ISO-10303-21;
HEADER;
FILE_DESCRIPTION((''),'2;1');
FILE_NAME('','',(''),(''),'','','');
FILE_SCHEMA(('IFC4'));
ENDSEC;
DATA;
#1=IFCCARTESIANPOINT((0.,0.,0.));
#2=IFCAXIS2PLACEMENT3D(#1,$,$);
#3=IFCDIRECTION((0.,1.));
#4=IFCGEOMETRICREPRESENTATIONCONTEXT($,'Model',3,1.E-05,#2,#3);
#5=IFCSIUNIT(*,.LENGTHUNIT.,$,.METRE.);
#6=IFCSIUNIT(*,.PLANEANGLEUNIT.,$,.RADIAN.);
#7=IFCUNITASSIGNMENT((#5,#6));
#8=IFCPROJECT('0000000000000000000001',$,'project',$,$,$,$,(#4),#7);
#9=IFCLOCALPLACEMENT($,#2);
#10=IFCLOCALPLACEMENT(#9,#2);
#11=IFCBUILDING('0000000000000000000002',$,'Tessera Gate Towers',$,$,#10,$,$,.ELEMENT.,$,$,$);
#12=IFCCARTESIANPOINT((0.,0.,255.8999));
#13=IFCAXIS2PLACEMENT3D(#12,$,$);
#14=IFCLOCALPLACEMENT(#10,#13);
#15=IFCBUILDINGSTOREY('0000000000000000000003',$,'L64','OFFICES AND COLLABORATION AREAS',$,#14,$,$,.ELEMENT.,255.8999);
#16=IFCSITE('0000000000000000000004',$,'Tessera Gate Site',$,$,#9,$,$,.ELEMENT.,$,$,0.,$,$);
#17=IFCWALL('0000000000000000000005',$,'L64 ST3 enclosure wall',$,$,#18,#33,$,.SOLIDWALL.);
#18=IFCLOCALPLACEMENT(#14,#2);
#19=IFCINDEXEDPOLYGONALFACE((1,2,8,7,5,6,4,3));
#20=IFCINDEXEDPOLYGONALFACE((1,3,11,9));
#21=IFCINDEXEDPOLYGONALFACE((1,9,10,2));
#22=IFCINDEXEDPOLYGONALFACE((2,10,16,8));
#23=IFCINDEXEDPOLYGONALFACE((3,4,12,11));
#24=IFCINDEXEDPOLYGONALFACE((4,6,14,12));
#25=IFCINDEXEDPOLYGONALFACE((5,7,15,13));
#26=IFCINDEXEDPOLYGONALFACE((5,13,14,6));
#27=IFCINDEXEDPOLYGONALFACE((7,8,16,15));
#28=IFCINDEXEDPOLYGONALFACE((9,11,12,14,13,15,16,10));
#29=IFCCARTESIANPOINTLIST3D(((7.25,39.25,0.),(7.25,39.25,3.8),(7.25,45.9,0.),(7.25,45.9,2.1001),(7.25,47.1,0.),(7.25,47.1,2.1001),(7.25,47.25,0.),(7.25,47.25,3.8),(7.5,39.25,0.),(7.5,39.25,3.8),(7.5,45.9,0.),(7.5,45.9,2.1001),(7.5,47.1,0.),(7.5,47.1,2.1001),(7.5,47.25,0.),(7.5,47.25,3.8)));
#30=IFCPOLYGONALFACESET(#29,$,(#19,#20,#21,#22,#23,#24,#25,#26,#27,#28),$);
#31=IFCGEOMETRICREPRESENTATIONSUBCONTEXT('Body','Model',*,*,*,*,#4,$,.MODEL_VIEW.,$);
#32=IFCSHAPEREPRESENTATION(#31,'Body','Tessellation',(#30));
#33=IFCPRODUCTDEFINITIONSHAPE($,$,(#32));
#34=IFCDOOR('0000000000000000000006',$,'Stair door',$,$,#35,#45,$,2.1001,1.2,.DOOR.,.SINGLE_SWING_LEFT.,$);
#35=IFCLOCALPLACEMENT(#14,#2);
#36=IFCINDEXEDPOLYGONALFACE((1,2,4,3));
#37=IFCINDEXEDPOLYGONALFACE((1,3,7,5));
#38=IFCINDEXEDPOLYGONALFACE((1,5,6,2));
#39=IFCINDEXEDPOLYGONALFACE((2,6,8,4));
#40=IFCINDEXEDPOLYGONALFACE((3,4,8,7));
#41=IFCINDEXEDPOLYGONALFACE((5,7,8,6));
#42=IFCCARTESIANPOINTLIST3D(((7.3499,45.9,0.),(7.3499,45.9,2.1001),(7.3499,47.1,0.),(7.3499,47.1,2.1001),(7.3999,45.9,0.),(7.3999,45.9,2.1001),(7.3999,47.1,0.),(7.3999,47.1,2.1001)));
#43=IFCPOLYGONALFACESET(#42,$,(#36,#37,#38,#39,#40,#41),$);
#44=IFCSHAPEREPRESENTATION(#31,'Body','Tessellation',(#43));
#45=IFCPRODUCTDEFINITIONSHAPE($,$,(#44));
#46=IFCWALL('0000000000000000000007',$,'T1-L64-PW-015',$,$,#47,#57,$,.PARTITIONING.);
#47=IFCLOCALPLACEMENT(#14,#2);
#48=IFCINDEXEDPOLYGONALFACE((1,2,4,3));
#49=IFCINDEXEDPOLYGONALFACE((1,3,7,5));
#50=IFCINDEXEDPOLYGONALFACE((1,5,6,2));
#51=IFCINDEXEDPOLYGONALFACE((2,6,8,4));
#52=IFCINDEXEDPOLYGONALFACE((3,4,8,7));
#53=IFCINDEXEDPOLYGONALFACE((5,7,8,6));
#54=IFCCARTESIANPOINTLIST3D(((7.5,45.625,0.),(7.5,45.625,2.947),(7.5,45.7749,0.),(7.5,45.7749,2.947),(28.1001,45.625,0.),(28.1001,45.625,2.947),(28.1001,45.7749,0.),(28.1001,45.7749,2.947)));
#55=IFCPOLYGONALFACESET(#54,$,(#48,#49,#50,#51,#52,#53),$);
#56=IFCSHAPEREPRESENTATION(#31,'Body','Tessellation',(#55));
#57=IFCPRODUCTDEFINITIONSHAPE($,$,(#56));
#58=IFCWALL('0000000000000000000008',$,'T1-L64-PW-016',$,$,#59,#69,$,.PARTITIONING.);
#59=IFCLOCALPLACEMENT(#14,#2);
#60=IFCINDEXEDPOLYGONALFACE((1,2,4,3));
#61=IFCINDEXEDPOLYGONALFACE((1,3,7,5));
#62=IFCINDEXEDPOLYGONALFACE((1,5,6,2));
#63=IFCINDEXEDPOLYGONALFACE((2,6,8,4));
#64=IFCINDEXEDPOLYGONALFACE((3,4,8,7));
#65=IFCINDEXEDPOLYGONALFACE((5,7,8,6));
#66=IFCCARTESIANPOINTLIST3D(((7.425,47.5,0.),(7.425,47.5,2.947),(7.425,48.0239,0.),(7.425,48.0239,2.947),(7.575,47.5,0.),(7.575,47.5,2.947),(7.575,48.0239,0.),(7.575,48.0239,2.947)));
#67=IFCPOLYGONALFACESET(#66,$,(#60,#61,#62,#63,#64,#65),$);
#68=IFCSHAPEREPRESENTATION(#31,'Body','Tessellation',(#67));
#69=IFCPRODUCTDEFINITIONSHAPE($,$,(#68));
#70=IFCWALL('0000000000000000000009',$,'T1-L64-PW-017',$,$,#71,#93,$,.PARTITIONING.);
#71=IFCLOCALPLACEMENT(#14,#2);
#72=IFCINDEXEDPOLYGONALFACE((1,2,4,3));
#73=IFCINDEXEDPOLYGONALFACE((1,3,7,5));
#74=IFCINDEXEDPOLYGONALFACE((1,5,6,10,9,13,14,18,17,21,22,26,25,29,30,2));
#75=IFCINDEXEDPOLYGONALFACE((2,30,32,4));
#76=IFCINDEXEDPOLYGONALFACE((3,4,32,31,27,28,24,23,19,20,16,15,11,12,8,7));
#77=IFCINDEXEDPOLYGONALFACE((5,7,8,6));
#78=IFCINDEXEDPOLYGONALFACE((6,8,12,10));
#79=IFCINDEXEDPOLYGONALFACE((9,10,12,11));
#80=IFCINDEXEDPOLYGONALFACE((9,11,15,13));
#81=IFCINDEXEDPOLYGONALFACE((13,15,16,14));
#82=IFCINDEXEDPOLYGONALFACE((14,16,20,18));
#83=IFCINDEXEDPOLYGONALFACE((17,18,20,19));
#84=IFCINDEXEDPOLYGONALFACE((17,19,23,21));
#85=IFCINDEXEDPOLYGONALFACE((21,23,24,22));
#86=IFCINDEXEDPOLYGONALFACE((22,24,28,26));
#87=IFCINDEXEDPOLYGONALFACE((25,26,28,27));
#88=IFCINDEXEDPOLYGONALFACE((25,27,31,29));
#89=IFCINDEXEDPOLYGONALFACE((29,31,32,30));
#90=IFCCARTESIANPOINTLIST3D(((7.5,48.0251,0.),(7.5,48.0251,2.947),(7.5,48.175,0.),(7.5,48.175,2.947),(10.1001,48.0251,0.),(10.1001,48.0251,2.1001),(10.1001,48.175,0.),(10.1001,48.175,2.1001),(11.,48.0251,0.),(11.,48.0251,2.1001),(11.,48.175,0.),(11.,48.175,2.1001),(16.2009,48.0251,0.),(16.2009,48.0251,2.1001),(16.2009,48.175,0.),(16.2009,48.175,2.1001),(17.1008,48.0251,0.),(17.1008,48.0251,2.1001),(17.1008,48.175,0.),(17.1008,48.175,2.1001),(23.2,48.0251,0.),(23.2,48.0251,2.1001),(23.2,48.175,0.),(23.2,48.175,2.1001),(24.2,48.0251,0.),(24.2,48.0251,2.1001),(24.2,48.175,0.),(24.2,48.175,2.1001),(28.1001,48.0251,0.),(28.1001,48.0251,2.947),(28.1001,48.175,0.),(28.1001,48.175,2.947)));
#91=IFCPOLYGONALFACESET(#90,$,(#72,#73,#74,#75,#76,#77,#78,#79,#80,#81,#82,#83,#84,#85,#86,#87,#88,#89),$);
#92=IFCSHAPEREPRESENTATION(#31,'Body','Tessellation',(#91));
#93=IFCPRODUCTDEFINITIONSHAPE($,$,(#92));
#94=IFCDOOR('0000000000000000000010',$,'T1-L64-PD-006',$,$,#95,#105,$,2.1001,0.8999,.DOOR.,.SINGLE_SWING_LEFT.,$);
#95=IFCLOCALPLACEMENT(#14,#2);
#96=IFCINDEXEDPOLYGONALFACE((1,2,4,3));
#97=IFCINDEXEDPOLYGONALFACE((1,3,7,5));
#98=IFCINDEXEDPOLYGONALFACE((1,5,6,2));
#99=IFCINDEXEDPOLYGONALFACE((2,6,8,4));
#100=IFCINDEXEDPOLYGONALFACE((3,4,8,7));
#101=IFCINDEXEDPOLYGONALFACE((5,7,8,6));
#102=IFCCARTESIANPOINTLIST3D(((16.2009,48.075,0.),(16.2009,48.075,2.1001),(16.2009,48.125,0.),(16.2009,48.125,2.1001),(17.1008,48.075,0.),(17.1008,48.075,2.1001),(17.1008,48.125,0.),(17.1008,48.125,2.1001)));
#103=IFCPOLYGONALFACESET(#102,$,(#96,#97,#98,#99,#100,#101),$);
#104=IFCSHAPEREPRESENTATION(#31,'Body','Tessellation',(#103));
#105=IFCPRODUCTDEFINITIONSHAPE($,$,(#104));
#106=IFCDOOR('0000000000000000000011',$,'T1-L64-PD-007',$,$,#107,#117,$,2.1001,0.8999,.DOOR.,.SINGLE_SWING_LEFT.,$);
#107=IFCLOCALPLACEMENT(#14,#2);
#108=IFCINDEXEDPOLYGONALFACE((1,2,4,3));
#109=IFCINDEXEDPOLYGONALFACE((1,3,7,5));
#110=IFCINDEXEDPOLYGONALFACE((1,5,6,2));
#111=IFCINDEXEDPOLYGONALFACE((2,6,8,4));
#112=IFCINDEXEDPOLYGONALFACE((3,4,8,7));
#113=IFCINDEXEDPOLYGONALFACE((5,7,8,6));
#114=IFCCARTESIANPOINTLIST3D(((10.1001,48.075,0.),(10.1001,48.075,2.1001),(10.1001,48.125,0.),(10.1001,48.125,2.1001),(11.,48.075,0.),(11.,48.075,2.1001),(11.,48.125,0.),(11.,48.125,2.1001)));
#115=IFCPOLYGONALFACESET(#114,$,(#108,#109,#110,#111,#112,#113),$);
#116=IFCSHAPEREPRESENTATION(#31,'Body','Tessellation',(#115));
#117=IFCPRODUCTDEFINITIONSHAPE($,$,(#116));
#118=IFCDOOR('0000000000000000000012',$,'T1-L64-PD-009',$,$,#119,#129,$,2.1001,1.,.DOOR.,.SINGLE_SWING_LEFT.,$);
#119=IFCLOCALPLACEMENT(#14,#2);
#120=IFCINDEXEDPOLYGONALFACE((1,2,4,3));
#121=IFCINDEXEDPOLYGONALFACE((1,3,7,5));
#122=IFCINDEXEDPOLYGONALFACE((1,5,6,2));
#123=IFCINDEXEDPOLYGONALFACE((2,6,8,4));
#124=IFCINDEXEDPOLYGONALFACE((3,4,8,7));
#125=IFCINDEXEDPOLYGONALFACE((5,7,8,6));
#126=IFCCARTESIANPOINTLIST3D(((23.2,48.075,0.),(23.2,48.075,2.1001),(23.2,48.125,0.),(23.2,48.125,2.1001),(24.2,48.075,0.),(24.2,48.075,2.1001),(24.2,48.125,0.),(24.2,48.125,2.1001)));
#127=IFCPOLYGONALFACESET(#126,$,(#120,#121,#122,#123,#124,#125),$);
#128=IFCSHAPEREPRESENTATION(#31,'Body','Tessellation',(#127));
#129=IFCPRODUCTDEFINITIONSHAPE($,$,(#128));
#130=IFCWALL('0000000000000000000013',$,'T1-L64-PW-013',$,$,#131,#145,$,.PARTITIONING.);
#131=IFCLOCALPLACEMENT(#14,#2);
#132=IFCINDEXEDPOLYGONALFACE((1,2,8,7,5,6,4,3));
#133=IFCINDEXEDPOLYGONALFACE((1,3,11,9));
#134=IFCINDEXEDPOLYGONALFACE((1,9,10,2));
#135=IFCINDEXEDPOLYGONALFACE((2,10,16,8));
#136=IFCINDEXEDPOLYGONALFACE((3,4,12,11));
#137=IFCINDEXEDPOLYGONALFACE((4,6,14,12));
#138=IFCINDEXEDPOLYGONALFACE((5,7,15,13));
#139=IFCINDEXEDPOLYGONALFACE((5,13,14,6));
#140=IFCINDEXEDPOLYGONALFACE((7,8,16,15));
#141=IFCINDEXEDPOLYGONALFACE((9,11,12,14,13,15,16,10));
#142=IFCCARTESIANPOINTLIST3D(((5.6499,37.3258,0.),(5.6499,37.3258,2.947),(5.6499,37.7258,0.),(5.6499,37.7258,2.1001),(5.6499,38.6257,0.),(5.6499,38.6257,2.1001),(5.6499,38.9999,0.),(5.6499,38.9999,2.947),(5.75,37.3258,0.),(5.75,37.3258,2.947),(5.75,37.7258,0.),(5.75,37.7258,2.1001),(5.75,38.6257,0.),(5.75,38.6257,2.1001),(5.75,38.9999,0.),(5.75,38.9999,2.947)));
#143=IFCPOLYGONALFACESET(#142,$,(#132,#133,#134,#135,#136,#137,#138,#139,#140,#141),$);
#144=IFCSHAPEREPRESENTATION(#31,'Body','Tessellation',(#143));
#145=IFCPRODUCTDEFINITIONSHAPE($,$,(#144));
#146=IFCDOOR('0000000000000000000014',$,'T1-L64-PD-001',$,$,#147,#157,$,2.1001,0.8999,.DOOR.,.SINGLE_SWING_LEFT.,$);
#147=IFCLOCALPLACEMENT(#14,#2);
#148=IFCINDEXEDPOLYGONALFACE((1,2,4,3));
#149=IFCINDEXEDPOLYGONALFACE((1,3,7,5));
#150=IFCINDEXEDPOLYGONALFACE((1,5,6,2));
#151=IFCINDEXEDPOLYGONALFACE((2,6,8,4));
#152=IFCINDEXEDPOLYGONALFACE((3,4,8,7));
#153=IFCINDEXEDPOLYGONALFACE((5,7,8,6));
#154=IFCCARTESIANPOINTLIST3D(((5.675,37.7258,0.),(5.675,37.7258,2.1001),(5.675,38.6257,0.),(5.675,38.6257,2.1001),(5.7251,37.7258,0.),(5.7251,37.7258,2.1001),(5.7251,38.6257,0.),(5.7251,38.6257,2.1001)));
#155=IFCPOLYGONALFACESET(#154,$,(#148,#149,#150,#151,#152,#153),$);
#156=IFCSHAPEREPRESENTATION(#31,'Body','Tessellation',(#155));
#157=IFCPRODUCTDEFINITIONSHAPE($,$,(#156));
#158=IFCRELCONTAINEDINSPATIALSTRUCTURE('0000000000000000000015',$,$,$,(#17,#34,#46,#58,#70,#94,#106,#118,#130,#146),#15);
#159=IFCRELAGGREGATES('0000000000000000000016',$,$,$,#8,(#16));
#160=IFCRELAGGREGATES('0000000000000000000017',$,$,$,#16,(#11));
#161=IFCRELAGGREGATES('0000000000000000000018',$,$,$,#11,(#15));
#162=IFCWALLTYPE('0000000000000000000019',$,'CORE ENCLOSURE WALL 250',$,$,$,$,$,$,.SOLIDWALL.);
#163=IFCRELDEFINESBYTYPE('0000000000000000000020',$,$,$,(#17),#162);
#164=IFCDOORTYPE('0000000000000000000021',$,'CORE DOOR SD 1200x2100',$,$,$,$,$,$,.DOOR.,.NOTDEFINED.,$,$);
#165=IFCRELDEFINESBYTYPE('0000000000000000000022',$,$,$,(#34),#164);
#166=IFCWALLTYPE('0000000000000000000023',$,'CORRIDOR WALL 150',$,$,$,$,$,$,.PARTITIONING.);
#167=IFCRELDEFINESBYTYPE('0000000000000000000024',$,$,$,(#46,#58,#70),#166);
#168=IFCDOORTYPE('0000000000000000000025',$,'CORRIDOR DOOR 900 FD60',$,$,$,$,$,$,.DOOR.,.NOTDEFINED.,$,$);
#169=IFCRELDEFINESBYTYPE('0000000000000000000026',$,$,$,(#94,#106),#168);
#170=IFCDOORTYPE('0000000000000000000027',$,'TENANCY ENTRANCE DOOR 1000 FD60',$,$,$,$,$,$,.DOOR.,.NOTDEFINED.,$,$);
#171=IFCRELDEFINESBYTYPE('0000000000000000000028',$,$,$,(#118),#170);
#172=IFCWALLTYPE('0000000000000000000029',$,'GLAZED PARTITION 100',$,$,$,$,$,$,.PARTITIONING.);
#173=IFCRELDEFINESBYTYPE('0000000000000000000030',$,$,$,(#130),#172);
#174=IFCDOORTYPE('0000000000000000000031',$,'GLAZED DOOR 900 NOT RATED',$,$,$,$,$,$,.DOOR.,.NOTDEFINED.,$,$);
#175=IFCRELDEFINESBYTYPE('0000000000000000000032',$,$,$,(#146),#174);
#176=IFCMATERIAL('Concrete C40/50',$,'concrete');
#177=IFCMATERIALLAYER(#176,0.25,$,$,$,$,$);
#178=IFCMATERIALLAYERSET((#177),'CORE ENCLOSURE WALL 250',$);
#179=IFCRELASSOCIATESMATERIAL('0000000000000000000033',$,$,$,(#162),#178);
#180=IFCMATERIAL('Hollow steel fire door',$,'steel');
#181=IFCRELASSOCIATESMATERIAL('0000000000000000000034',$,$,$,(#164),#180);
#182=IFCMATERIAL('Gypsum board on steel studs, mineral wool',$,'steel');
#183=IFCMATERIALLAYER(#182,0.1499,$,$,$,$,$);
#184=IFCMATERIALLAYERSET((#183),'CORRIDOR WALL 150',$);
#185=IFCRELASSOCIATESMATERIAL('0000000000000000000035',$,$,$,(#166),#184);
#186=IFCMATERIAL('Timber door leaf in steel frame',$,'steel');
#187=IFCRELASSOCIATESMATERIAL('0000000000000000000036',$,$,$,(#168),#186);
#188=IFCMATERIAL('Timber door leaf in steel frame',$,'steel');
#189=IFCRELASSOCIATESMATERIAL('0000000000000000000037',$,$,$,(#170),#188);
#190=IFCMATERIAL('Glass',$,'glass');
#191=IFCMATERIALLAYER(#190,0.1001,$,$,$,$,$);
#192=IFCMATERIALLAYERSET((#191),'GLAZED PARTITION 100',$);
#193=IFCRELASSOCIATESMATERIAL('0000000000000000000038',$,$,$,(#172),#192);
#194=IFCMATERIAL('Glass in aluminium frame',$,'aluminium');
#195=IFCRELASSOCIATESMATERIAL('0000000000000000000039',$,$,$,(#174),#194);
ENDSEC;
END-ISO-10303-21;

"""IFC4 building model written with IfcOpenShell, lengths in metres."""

from ifc_helpers import new_model, si_unit, direction, frame, frame_2d, origin, place, context, subcontext, project, spatial, rectangle, extrude, source, transform, mapped, material, layer, layer_set, type_object, element, fill, save


model = new_model("IFC4")

# Units and contexts
model_context = context("Model", 3, precision=1e-05, world=origin(), true_north=direction((0.0, 1.0)))
body_context = subcontext(model_context, "Body", "Model", "MODEL_VIEW")
ifc_project = project(units=[si_unit("LENGTHUNIT", "METRE"), si_unit("PLANEANGLEUNIT", "RADIAN")], contexts=[model_context])

# Site, building, storey
site_placement = place(None, origin())
site = spatial("IfcSite", under=ifc_project, at=site_placement, Name="Tessera Gate Site", CompositionType="ELEMENT", RefElevation=0.0)
building_placement = place(site_placement, origin())
building = spatial("IfcBuilding", under=site, at=building_placement, Name="Tessera Gate Towers", CompositionType="ELEMENT")
storey_placement = place(building_placement, frame((0.0, 0.0, 255.8999)))
storey = spatial("IfcBuildingStorey", under=building, at=storey_placement, Name="L64", Description="OFFICES AND COLLABORATION AREAS", CompositionType="ELEMENT", Elevation=255.8999)

# Shared definitions
ifc_material_1 = material(Name="Concrete C40/50", Category="concrete")
ifc_layer_1 = layer(ifc_material_1, 0.25)
ifc_layer_set_1 = layer_set([ifc_layer_1], Name="CORE ENCLOSURE WALL 250")
wall_type_1 = type_object("IfcWallType", Name="CORE ENCLOSURE WALL 250", PredefinedType="SOLIDWALL", material=ifc_layer_set_1)

# Wall, opening, door
wall_1_placement = place(storey_placement, frame((7.375, 47.25, 0.0), z_axis=(0.0, 0.0, 1.0), x_axis=(0.0, -1.0, 0.0)))
wall_1 = element("IfcWall", 1, at=wall_1_placement, inside=storey, type_object=wall_type_1, Name="L64 ST3 enclosure wall", PredefinedType="SOLIDWALL", context=body_context, shape_type="SweptSolid", body=[
    extrude(rectangle(XDim=8.0, YDim=0.25, at=frame_2d((4.0, 0.0))), origin(), (0.0, 0.0, 1.0), 3.8),
])
shared_shape_1 = source(origin(), body_context, "Body", "SweptSolid", [
    extrude(rectangle(XDim=1.2, YDim=2.1001, at=frame_2d((0.6001, 1.05))), frame((0.0, 0.135, 0.0), z_axis=(0.0, -1.0, 0.0), x_axis=(1.0, 0.0, 0.0)), (0.0, 0.0, 1.0), 0.27),
])
opening_1_placement = place(wall_1_placement, frame((0.1499, 0.0, 0.0)))
opening_1 = element("IfcOpeningElement", 2, at=opening_1_placement, cuts=wall_1, PredefinedType="OPENING", context=body_context, shape_type="MappedRepresentation", body=[
    mapped(shared_shape_1, transform((0.0, 0.0, 0.0), scale=1.0)),
])
ifc_material_2 = material(Name="Hollow steel fire door", Category="steel")
door_type_1 = type_object("IfcDoorType", Name="CORE DOOR SD 1200x2100", OperationType="NOTDEFINED", PredefinedType="DOOR", material=ifc_material_2)
shared_shape_2 = source(origin(), body_context, "Body", "SweptSolid", [
    extrude(rectangle(XDim=1.2, YDim=2.1001, at=frame_2d((0.6001, 1.05))), frame((0.0, 0.0249, 0.0), z_axis=(0.0, -1.0, 0.0), x_axis=(1.0, 0.0, 0.0)), (0.0, 0.0, 1.0), 0.05),
])
door_1_placement = place(opening_1_placement, origin())
door_1 = element("IfcDoor", 3, at=door_1_placement, inside=storey, type_object=door_type_1, Name="Stair door", OperationType="SINGLE_SWING_LEFT", OverallHeight=2.1001, OverallWidth=1.2, PredefinedType="DOOR", context=body_context, shape_type="MappedRepresentation", body=[
    mapped(shared_shape_2, transform((0.0, 0.0, 0.0), scale=1.0)),
])
fill(opening_1, door_1)

# Walls
ifc_material_3 = material(Name="Gypsum board on steel studs, mineral wool", Category="steel")
ifc_layer_2 = layer(ifc_material_3, 0.1499)
ifc_layer_set_2 = layer_set([ifc_layer_2], Name="CORRIDOR WALL 150")
wall_type_2 = type_object("IfcWallType", Name="CORRIDOR WALL 150", PredefinedType="PARTITIONING", material=ifc_layer_set_2)
wall_2_placement = place(storey_placement, frame((7.5, 45.7, 0.0), z_axis=(0.0, 0.0, 1.0), x_axis=(1.0, 0.0, 0.0)))
element("IfcWall", 4, at=wall_2_placement, inside=storey, type_object=wall_type_2, Name="T1-L64-PW-015", PredefinedType="PARTITIONING", context=body_context, shape_type="SweptSolid", body=[
    extrude(rectangle(XDim=20.6001, YDim=0.1499, at=frame_2d((10.3, 0.0))), origin(), (0.0, 0.0, 1.0), 2.947),
])
wall_3_placement = place(storey_placement, frame((7.5, 47.5, 0.0), z_axis=(0.0, 0.0, 1.0), x_axis=(0.0, 1.0, 0.0)))
element("IfcWall", 5, at=wall_3_placement, inside=storey, type_object=wall_type_2, Name="T1-L64-PW-016", PredefinedType="PARTITIONING", context=body_context, shape_type="SweptSolid", body=[
    extrude(rectangle(XDim=0.5239, YDim=0.1499, at=frame_2d((0.262, 0.0))), origin(), (0.0, 0.0, 1.0), 2.947),
])

# Wall, openings, doors
wall_4_placement = place(storey_placement, frame((7.5, 48.1001, 0.0), z_axis=(0.0, 0.0, 1.0), x_axis=(1.0, 0.0, 0.0)))
wall_4 = element("IfcWall", 6, at=wall_4_placement, inside=storey, type_object=wall_type_2, Name="T1-L64-PW-017", PredefinedType="PARTITIONING", context=body_context, shape_type="SweptSolid", body=[
    extrude(rectangle(XDim=20.6001, YDim=0.1499, at=frame_2d((10.3, 0.0))), origin(), (0.0, 0.0, 1.0), 2.947),
])
shared_shape_3 = source(origin(), body_context, "Body", "SweptSolid", [
    extrude(rectangle(XDim=0.8999, YDim=2.1001, at=frame_2d((0.45, 1.05))), frame((0.0, 0.085, 0.0), z_axis=(0.0, -1.0, 0.0), x_axis=(1.0, 0.0, 0.0)), (0.0, 0.0, 1.0), 0.1699),
])
opening_2_placement = place(wall_4_placement, frame((8.7009, 0.0, 0.0)))
opening_2 = element("IfcOpeningElement", 7, at=opening_2_placement, cuts=wall_4, PredefinedType="OPENING", context=body_context, shape_type="MappedRepresentation", body=[
    mapped(shared_shape_3, transform((0.0, 0.0, 0.0), scale=1.0)),
])
opening_3_placement = place(wall_4_placement, frame((2.6001, 0.0, 0.0)))
opening_3 = element("IfcOpeningElement", 8, at=opening_3_placement, cuts=wall_4, PredefinedType="OPENING", context=body_context, shape_type="MappedRepresentation", body=[
    mapped(shared_shape_3, transform((0.0, 0.0, 0.0), scale=1.0)),
])
shared_shape_4 = source(origin(), body_context, "Body", "SweptSolid", [
    extrude(rectangle(XDim=1.0, YDim=2.1001, at=frame_2d((0.5, 1.05))), frame((0.0, 0.085, 0.0), z_axis=(0.0, -1.0, 0.0), x_axis=(1.0, 0.0, 0.0)), (0.0, 0.0, 1.0), 0.1699),
])
opening_4_placement = place(wall_4_placement, frame((15.7, 0.0, 0.0)))
opening_4 = element("IfcOpeningElement", 9, at=opening_4_placement, cuts=wall_4, PredefinedType="OPENING", context=body_context, shape_type="MappedRepresentation", body=[
    mapped(shared_shape_4, transform((0.0, 0.0, 0.0), scale=1.0)),
])
ifc_material_4 = material(Name="Timber door leaf in steel frame", Category="steel")
door_type_2 = type_object("IfcDoorType", Name="CORRIDOR DOOR 900 FD60", OperationType="NOTDEFINED", PredefinedType="DOOR", material=ifc_material_4)
shared_shape_5 = source(origin(), body_context, "Body", "SweptSolid", [
    extrude(rectangle(XDim=0.8999, YDim=2.1001, at=frame_2d((0.45, 1.05))), frame((0.0, 0.0249, 0.0), z_axis=(0.0, -1.0, 0.0), x_axis=(1.0, 0.0, 0.0)), (0.0, 0.0, 1.0), 0.05),
])
door_2_placement = place(opening_2_placement, origin())
door_2 = element("IfcDoor", 10, at=door_2_placement, inside=storey, type_object=door_type_2, Name="T1-L64-PD-006", OperationType="SINGLE_SWING_LEFT", OverallHeight=2.1001, OverallWidth=0.8999, PredefinedType="DOOR", context=body_context, shape_type="MappedRepresentation", body=[
    mapped(shared_shape_5, transform((0.0, 0.0, 0.0), scale=1.0)),
])
fill(opening_2, door_2)
door_3_placement = place(opening_3_placement, origin())
door_3 = element("IfcDoor", 11, at=door_3_placement, inside=storey, type_object=door_type_2, Name="T1-L64-PD-007", OperationType="SINGLE_SWING_LEFT", OverallHeight=2.1001, OverallWidth=0.8999, PredefinedType="DOOR", context=body_context, shape_type="MappedRepresentation", body=[
    mapped(shared_shape_5, transform((0.0, 0.0, 0.0), scale=1.0)),
])
fill(opening_3, door_3)
ifc_material_5 = material(Name="Timber door leaf in steel frame", Category="steel")
door_type_3 = type_object("IfcDoorType", Name="TENANCY ENTRANCE DOOR 1000 FD60", OperationType="NOTDEFINED", PredefinedType="DOOR", material=ifc_material_5)
shared_shape_6 = source(origin(), body_context, "Body", "SweptSolid", [
    extrude(rectangle(XDim=1.0, YDim=2.1001, at=frame_2d((0.5, 1.05))), frame((0.0, 0.0249, 0.0), z_axis=(0.0, -1.0, 0.0), x_axis=(1.0, 0.0, 0.0)), (0.0, 0.0, 1.0), 0.05),
])
door_4_placement = place(opening_4_placement, origin())
door_4 = element("IfcDoor", 12, at=door_4_placement, inside=storey, type_object=door_type_3, Name="T1-L64-PD-009", OperationType="SINGLE_SWING_LEFT", OverallHeight=2.1001, OverallWidth=1.0, PredefinedType="DOOR", context=body_context, shape_type="MappedRepresentation", body=[
    mapped(shared_shape_6, transform((0.0, 0.0, 0.0), scale=1.0)),
])
fill(opening_4, door_4)

# Wall, opening, door
ifc_material_6 = material(Name="Glass", Category="glass")
ifc_layer_3 = layer(ifc_material_6, 0.1001)
ifc_layer_set_3 = layer_set([ifc_layer_3], Name="GLAZED PARTITION 100")
wall_type_3 = type_object("IfcWallType", Name="GLAZED PARTITION 100", PredefinedType="PARTITIONING", material=ifc_layer_set_3)
wall_5_placement = place(storey_placement, frame((5.7, 37.3259, 0.0), z_axis=(0.0, 0.0, 1.0), x_axis=(0.0, 1.0, 0.0)))
wall_5 = element("IfcWall", 13, at=wall_5_placement, inside=storey, type_object=wall_type_3, Name="T1-L64-PW-013", PredefinedType="PARTITIONING", context=body_context, shape_type="SweptSolid", body=[
    extrude(rectangle(XDim=1.6741, YDim=0.1001, at=frame_2d((0.8369, 0.0))), origin(), (0.0, 0.0, 1.0), 2.947),
])
shared_shape_7 = source(origin(), body_context, "Body", "SweptSolid", [
    extrude(rectangle(XDim=0.8999, YDim=2.1001, at=frame_2d((0.45, 1.05))), frame((0.0, 0.0601, 0.0), z_axis=(0.0, -1.0, 0.0), x_axis=(1.0, 0.0, 0.0)), (0.0, 0.0, 1.0), 0.1201),
])
opening_5_placement = place(wall_5_placement, frame((0.3999, 0.0, 0.0)))
opening_5 = element("IfcOpeningElement", 14, at=opening_5_placement, cuts=wall_5, PredefinedType="OPENING", context=body_context, shape_type="MappedRepresentation", body=[
    mapped(shared_shape_7, transform((0.0, 0.0, 0.0), scale=1.0)),
])
ifc_material_7 = material(Name="Glass in aluminium frame", Category="aluminium")
door_type_4 = type_object("IfcDoorType", Name="GLAZED DOOR 900 NOT RATED", OperationType="NOTDEFINED", PredefinedType="DOOR", material=ifc_material_7)
door_5_placement = place(opening_5_placement, origin())
door_5 = element("IfcDoor", 15, at=door_5_placement, inside=storey, type_object=door_type_4, Name="T1-L64-PD-001", OperationType="SINGLE_SWING_LEFT", OverallHeight=2.1001, OverallWidth=0.8999, PredefinedType="DOOR", context=body_context, shape_type="MappedRepresentation", body=[
    mapped(shared_shape_5, transform((0.0, 0.0, 0.0), scale=1.0)),
])
fill(opening_5, door_5)

save(model, "model.ifc")
